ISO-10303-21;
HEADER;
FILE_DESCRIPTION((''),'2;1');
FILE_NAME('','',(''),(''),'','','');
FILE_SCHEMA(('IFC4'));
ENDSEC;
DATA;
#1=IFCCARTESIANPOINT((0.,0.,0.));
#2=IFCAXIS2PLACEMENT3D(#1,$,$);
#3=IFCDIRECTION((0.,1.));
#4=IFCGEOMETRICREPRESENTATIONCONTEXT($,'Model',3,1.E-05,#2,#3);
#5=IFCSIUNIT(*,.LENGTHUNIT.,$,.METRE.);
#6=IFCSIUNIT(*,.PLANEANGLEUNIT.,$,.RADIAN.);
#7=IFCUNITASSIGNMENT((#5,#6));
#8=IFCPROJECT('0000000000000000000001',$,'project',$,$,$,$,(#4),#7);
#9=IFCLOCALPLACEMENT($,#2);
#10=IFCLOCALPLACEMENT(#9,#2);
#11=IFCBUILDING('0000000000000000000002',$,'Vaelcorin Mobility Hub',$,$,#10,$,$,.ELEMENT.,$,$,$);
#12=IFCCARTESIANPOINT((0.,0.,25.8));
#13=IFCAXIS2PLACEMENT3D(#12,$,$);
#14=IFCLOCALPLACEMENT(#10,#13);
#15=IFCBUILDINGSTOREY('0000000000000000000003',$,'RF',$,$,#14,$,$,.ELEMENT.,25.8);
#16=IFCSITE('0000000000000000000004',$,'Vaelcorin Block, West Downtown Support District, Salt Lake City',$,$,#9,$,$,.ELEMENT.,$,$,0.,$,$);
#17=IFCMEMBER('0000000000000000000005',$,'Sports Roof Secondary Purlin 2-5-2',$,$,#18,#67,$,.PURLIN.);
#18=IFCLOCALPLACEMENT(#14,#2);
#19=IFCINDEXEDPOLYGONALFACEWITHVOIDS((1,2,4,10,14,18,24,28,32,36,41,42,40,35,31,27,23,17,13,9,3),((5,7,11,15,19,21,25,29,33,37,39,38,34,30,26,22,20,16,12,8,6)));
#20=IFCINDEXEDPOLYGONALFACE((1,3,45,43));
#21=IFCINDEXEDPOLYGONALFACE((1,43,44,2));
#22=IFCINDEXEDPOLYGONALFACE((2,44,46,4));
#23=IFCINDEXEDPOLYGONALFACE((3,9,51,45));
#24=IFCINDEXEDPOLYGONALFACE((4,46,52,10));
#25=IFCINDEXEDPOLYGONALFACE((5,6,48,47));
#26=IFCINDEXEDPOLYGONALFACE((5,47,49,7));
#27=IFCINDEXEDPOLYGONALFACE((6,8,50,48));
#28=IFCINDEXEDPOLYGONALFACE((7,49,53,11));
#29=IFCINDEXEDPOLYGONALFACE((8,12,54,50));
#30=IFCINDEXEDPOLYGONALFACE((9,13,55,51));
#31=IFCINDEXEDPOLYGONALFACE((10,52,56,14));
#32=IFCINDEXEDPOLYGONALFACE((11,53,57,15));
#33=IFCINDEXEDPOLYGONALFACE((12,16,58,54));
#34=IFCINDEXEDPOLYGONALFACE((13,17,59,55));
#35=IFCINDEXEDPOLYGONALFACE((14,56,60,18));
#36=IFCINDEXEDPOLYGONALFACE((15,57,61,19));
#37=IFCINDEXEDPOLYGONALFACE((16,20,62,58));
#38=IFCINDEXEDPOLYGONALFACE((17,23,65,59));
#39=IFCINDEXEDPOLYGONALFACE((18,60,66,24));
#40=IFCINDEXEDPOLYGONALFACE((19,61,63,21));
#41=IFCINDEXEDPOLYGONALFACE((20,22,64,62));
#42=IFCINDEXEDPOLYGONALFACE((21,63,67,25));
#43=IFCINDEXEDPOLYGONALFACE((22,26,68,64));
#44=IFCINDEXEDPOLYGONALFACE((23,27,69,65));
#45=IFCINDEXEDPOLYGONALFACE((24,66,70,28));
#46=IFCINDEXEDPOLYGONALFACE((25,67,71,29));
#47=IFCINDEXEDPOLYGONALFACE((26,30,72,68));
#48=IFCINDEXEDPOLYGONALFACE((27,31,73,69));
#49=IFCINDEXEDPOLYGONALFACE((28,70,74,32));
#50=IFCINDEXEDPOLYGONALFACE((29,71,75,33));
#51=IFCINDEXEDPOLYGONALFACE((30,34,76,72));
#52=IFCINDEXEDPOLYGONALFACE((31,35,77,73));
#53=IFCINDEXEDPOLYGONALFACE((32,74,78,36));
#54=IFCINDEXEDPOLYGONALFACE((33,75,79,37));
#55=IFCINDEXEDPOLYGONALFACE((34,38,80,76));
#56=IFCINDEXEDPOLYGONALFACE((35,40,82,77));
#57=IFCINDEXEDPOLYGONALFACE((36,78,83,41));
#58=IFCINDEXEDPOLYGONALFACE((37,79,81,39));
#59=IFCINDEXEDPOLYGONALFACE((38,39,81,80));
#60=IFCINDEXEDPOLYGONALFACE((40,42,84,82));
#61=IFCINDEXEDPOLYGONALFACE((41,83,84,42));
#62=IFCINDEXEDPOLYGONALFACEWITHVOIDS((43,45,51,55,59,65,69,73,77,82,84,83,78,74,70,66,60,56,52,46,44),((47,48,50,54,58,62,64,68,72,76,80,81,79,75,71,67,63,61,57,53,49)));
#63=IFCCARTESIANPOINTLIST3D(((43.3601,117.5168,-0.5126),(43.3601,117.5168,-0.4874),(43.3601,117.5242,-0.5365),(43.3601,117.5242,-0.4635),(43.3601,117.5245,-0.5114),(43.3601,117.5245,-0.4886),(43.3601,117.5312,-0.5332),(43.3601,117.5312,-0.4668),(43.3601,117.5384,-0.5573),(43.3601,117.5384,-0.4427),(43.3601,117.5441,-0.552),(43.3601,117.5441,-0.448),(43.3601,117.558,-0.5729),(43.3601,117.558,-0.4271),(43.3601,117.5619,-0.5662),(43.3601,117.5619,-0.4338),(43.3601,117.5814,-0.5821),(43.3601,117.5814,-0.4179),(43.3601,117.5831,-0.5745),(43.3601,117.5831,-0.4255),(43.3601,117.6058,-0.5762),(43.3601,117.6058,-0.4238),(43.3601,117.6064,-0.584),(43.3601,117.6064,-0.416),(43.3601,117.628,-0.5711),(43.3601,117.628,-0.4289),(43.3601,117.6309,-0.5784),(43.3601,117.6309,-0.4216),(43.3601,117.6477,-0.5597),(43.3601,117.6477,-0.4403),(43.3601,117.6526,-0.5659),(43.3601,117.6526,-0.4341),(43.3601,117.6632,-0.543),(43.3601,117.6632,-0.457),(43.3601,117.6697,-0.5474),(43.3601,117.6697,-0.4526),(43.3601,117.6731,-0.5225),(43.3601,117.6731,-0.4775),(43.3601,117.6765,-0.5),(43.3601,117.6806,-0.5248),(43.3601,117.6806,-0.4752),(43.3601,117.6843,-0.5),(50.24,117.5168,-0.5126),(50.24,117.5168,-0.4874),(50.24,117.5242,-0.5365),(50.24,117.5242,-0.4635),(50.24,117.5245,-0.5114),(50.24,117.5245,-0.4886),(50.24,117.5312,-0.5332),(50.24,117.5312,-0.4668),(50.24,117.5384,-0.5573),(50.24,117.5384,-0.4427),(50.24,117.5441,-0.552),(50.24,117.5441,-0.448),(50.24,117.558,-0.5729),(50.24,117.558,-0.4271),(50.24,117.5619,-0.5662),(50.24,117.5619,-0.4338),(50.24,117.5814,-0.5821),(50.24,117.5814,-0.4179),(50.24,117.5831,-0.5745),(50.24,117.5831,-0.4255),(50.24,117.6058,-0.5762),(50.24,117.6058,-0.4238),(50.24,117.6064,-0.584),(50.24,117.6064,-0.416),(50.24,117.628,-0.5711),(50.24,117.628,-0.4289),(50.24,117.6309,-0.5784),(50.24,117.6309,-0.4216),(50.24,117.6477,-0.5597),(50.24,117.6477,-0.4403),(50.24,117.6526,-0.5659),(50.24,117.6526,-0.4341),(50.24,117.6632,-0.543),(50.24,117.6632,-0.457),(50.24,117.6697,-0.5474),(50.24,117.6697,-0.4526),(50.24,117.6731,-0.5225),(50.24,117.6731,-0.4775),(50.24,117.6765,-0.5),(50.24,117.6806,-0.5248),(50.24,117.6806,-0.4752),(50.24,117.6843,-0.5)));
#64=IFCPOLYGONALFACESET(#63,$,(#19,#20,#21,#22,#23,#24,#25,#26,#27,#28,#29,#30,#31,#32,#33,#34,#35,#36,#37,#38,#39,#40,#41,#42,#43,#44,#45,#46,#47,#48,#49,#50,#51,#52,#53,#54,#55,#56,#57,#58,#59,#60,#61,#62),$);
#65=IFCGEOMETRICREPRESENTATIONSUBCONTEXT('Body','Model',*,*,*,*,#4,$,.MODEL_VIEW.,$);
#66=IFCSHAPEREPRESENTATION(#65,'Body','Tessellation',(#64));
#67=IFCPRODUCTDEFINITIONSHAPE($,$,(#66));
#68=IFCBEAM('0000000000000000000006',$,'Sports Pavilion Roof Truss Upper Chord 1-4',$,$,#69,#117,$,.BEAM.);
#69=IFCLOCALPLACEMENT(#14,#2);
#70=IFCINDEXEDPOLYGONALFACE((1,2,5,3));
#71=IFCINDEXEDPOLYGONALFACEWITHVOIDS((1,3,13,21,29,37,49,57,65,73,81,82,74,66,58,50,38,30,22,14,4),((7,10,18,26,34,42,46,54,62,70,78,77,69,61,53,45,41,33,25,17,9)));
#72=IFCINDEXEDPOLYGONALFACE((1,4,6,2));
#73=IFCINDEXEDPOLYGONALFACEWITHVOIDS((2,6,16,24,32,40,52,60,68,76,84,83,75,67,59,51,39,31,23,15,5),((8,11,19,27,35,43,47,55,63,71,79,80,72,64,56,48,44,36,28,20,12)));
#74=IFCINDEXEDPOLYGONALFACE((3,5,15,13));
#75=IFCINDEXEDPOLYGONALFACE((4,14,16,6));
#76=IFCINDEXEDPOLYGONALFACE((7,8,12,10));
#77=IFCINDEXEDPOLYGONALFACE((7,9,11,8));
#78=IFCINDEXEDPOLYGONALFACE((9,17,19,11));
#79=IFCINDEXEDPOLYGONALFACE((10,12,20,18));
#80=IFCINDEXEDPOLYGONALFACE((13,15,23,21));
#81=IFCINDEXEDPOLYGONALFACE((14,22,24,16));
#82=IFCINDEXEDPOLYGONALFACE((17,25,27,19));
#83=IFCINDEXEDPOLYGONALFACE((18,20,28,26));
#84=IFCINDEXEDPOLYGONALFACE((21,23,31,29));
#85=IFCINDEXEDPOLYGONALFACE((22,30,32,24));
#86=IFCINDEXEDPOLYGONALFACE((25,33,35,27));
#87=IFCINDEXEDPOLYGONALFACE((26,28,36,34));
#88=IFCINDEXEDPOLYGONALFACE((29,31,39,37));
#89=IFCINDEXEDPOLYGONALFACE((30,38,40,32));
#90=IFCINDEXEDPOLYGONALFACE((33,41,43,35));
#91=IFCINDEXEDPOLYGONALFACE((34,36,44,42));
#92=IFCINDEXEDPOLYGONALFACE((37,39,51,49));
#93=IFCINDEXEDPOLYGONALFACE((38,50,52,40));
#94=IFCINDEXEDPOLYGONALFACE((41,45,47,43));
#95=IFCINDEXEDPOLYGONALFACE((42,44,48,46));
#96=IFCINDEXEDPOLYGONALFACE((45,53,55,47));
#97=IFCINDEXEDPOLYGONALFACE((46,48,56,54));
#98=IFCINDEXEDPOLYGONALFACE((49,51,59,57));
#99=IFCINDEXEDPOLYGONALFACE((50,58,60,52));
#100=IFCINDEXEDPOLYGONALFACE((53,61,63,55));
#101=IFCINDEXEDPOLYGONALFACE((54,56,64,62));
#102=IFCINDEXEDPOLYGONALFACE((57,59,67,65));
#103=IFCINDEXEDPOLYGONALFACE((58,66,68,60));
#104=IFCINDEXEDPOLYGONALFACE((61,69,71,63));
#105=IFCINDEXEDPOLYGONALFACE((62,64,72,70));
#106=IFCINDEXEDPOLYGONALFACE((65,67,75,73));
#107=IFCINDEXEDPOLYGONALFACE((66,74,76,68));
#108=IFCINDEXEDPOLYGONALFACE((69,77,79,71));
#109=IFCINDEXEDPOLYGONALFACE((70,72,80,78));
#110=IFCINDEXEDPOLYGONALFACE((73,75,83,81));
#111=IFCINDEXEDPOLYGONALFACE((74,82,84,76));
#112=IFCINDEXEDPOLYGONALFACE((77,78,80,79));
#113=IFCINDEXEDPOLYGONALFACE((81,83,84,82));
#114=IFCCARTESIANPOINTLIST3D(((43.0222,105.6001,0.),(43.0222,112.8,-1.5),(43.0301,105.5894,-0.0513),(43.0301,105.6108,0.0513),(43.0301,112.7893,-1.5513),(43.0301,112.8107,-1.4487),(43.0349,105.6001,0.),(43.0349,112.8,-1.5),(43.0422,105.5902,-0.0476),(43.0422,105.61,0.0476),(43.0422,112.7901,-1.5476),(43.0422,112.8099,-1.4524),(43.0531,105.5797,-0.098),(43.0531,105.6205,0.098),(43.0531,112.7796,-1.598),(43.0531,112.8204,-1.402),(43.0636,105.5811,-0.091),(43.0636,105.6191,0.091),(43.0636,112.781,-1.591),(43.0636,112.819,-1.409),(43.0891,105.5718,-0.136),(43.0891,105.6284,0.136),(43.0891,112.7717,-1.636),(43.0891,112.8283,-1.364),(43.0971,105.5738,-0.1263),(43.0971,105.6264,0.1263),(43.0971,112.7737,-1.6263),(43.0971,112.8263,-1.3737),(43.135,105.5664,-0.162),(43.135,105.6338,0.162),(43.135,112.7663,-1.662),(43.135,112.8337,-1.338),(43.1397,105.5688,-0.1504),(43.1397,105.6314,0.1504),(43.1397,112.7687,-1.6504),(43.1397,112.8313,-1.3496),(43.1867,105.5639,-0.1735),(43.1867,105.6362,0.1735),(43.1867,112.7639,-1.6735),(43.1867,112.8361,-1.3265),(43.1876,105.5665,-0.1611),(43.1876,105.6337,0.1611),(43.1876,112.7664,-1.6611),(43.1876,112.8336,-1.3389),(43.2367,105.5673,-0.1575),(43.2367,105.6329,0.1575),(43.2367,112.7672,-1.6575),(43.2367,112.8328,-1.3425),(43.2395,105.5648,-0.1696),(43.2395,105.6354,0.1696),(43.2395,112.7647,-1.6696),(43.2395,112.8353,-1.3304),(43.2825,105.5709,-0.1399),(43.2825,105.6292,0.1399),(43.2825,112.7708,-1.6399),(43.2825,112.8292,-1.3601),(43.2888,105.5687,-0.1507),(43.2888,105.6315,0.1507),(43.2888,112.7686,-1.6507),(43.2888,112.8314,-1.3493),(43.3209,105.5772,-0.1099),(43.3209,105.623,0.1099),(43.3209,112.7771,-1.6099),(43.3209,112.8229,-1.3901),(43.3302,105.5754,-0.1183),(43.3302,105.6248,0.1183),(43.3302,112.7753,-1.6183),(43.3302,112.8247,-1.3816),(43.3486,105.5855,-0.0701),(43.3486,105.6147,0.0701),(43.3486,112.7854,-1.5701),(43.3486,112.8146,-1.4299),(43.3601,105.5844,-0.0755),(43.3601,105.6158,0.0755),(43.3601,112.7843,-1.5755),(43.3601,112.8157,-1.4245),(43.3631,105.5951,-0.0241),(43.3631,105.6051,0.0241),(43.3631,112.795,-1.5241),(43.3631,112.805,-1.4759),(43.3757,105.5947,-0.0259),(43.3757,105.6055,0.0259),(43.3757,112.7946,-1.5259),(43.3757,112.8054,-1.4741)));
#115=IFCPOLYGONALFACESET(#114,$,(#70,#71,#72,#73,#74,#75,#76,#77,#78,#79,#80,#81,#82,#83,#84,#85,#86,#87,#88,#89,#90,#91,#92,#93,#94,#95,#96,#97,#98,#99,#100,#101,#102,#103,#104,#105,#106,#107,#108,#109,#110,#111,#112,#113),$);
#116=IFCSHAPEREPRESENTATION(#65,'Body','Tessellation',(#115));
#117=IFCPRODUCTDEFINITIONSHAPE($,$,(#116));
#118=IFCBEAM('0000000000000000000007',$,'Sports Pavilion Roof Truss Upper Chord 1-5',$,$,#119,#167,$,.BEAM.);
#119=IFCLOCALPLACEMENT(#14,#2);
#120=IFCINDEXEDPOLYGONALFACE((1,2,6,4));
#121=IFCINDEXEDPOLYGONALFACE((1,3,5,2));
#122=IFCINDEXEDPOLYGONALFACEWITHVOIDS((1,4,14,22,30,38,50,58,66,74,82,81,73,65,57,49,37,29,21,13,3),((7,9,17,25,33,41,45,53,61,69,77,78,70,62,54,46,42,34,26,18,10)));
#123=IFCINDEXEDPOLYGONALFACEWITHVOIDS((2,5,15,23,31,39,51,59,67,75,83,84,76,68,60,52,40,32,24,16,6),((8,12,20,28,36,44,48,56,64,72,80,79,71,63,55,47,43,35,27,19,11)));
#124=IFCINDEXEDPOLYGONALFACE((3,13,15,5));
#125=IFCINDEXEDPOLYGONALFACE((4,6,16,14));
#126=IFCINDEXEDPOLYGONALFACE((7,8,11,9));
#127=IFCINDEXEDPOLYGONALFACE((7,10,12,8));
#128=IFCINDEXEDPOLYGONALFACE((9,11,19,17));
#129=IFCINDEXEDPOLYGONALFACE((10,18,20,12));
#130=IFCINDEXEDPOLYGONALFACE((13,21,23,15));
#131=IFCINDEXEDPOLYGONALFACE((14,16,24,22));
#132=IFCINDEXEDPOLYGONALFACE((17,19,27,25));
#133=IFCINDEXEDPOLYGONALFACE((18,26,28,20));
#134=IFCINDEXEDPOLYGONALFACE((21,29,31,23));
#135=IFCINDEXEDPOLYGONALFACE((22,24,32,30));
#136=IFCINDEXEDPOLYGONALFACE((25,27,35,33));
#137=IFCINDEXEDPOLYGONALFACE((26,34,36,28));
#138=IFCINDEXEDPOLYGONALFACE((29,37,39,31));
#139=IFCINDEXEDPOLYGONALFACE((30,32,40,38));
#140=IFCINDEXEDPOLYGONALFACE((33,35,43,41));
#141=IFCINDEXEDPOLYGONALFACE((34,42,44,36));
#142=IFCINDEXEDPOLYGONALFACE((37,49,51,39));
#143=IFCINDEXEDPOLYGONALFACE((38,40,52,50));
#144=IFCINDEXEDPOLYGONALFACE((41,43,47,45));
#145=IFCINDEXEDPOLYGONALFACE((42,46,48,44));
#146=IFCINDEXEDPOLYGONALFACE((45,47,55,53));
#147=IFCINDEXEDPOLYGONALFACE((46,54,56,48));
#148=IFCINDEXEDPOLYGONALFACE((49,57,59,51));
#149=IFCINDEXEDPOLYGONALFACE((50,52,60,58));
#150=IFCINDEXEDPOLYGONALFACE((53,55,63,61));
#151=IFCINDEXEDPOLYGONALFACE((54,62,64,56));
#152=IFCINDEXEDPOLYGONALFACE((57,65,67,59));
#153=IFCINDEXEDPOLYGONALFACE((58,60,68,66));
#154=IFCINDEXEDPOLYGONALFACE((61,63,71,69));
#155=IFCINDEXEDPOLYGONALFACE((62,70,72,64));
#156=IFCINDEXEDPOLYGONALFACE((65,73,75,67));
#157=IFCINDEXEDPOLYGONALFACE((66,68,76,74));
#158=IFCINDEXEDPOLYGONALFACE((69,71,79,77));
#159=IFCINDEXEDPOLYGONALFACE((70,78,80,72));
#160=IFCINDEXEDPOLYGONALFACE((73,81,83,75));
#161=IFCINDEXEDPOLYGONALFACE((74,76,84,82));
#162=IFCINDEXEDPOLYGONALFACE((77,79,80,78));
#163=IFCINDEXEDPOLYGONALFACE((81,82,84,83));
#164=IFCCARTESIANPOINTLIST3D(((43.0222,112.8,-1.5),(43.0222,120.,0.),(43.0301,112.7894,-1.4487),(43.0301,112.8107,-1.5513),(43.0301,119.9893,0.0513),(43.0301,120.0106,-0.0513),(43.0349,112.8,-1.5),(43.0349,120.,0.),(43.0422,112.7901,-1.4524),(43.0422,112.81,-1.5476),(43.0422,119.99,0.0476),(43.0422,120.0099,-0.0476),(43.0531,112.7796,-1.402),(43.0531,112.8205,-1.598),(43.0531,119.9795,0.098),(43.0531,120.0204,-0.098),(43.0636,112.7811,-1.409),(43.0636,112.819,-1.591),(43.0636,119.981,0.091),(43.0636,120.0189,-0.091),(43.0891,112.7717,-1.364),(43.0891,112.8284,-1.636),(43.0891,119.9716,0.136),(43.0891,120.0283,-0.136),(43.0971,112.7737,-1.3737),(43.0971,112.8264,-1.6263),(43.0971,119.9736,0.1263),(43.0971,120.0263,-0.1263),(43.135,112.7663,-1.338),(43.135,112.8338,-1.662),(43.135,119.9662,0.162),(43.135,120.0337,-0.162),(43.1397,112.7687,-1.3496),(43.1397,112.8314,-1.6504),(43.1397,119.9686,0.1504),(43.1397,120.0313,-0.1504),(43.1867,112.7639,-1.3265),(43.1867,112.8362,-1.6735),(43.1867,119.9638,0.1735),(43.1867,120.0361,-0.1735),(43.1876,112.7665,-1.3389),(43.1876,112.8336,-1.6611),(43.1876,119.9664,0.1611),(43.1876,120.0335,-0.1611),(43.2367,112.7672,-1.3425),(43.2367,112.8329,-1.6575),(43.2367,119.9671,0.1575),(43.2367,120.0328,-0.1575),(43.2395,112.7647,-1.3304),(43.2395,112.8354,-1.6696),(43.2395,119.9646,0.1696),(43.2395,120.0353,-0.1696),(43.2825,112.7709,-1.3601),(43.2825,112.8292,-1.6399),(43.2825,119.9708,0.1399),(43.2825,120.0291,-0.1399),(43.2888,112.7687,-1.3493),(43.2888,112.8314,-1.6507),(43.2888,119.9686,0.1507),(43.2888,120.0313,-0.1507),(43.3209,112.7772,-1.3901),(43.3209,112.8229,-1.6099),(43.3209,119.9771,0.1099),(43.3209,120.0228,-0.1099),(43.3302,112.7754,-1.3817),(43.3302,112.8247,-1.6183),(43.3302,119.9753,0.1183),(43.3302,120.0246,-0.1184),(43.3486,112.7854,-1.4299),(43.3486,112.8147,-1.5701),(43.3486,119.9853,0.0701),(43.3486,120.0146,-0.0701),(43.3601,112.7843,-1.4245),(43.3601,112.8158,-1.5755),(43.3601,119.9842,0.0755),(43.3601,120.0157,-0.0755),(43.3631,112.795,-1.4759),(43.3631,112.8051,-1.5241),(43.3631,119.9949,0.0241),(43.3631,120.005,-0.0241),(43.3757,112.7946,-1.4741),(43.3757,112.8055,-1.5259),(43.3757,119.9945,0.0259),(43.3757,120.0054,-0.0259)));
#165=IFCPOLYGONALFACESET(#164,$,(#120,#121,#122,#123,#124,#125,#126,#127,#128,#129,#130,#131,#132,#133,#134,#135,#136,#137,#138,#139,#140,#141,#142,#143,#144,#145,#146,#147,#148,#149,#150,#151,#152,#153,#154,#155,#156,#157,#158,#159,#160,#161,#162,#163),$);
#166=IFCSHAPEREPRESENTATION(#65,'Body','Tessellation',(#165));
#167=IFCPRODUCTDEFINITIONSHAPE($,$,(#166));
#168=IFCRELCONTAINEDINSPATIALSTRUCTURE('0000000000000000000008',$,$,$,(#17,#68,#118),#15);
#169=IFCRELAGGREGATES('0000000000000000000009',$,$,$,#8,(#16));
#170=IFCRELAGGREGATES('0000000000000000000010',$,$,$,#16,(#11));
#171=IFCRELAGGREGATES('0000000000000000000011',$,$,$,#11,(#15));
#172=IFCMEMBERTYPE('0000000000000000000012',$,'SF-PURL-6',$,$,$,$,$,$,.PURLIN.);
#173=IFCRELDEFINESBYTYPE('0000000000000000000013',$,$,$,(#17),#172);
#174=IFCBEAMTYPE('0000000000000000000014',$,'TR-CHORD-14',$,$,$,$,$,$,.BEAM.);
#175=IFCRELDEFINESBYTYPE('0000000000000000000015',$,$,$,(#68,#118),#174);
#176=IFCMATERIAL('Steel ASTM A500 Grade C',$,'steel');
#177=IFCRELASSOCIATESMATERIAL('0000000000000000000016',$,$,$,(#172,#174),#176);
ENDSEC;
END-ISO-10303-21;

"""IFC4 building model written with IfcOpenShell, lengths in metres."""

from ifc_helpers import new_model, si_unit, direction, frame, origin, origin_2d, place, context, subcontext, project, spatial, hollow_circle, extrude, material, material_profile, profile_set, type_object, element, save


model = new_model("IFC4")

# Units and contexts
model_context = context("Model", 3, precision=1e-05, world=origin(), true_north=direction((0.0, 1.0)))
body_context = subcontext(model_context, "Body", "Model", "MODEL_VIEW")
ifc_project = project(units=[si_unit("LENGTHUNIT", "METRE"), si_unit("PLANEANGLEUNIT", "RADIAN")], contexts=[model_context])

# Site, building, storey
site_placement = place(None, origin())
site = spatial("IfcSite", under=ifc_project, at=site_placement, Name="Vaelcorin Block, West Downtown Support District, Salt Lake City", CompositionType="ELEMENT", RefElevation=0.0)
building_placement = place(site_placement, origin())
building = spatial("IfcBuilding", under=site, at=building_placement, Name="Vaelcorin Mobility Hub", CompositionType="ELEMENT")
storey_placement = place(building_placement, frame((0.0, 0.0, 25.8)))
storey = spatial("IfcBuildingStorey", under=building, at=storey_placement, Name="RF", CompositionType="ELEMENT", Elevation=25.8)

# Member
ifc_material_1 = material(Name="Steel ASTM A500 Grade C", Category="steel")
ifc_material_profile_1 = material_profile(ifc_material_1, hollow_circle(Radius=0.0842, WallThickness=0.0078, at=origin_2d()), Name="HSS6.625X0.312")
ifc_profile_set_1 = profile_set([ifc_material_profile_1], Name="Steel ASTM A500 Grade C")
member_type_1 = type_object("IfcMemberType", Name="SF-PURL-6", PredefinedType="PURLIN", material=ifc_profile_set_1)
for number, where, z_axis, x_axis, name in (
    (1, (43.3601, 117.6001, -0.5), (1.0, 0.0, 0.0), (0.0, 1.0, 0.0), "Sports Roof Secondary Purlin 2-5-2"),
):
    element("IfcMember", number, at=place(storey_placement, frame(where, z_axis=z_axis, x_axis=x_axis)), inside=storey, type_object=member_type_1, Name=name, PredefinedType="PURLIN", context=body_context, shape_type="SweptSolid", body=[
        extrude(hollow_circle(Radius=0.0842, WallThickness=0.0078, at=origin_2d()), origin(), (0.0, 0.0, 1.0), 6.8799),
    ])

# Beams
ifc_material_profile_2 = material_profile(ifc_material_1, hollow_circle(Radius=0.1777, WallThickness=0.0127, at=origin_2d()), Name="HSS14.000X0.500")
ifc_profile_set_2 = profile_set([ifc_material_profile_2], Name="Steel ASTM A500 Grade C")
beam_type_1 = type_object("IfcBeamType", Name="TR-CHORD-14", PredefinedType="BEAM", material=ifc_profile_set_2)
for number, where, z_axis, x_axis, name in (
    (2, (43.2, 105.6001, 0.0), (0.0, 0.97898, -0.203956), (-1.0, 0.0, 0.0), "Sports Pavilion Roof Truss Upper Chord 1-4"),
    (3, (43.2, 112.8, -1.5), (0.0, 0.97898, 0.203956), (-1.0, 0.0, 0.0), "Sports Pavilion Roof Truss Upper Chord 1-5"),
):
    element("IfcBeam", number, at=place(storey_placement, frame(where, z_axis=z_axis, x_axis=x_axis)), inside=storey, type_object=beam_type_1, Name=name, PredefinedType="BEAM", context=body_context, shape_type="SweptSolid", body=[
        extrude(hollow_circle(Radius=0.1777, WallThickness=0.0127, at=origin_2d()), origin(), (0.0, 0.0, 1.0), 7.3545),
    ])

save(model, "model.ifc")
